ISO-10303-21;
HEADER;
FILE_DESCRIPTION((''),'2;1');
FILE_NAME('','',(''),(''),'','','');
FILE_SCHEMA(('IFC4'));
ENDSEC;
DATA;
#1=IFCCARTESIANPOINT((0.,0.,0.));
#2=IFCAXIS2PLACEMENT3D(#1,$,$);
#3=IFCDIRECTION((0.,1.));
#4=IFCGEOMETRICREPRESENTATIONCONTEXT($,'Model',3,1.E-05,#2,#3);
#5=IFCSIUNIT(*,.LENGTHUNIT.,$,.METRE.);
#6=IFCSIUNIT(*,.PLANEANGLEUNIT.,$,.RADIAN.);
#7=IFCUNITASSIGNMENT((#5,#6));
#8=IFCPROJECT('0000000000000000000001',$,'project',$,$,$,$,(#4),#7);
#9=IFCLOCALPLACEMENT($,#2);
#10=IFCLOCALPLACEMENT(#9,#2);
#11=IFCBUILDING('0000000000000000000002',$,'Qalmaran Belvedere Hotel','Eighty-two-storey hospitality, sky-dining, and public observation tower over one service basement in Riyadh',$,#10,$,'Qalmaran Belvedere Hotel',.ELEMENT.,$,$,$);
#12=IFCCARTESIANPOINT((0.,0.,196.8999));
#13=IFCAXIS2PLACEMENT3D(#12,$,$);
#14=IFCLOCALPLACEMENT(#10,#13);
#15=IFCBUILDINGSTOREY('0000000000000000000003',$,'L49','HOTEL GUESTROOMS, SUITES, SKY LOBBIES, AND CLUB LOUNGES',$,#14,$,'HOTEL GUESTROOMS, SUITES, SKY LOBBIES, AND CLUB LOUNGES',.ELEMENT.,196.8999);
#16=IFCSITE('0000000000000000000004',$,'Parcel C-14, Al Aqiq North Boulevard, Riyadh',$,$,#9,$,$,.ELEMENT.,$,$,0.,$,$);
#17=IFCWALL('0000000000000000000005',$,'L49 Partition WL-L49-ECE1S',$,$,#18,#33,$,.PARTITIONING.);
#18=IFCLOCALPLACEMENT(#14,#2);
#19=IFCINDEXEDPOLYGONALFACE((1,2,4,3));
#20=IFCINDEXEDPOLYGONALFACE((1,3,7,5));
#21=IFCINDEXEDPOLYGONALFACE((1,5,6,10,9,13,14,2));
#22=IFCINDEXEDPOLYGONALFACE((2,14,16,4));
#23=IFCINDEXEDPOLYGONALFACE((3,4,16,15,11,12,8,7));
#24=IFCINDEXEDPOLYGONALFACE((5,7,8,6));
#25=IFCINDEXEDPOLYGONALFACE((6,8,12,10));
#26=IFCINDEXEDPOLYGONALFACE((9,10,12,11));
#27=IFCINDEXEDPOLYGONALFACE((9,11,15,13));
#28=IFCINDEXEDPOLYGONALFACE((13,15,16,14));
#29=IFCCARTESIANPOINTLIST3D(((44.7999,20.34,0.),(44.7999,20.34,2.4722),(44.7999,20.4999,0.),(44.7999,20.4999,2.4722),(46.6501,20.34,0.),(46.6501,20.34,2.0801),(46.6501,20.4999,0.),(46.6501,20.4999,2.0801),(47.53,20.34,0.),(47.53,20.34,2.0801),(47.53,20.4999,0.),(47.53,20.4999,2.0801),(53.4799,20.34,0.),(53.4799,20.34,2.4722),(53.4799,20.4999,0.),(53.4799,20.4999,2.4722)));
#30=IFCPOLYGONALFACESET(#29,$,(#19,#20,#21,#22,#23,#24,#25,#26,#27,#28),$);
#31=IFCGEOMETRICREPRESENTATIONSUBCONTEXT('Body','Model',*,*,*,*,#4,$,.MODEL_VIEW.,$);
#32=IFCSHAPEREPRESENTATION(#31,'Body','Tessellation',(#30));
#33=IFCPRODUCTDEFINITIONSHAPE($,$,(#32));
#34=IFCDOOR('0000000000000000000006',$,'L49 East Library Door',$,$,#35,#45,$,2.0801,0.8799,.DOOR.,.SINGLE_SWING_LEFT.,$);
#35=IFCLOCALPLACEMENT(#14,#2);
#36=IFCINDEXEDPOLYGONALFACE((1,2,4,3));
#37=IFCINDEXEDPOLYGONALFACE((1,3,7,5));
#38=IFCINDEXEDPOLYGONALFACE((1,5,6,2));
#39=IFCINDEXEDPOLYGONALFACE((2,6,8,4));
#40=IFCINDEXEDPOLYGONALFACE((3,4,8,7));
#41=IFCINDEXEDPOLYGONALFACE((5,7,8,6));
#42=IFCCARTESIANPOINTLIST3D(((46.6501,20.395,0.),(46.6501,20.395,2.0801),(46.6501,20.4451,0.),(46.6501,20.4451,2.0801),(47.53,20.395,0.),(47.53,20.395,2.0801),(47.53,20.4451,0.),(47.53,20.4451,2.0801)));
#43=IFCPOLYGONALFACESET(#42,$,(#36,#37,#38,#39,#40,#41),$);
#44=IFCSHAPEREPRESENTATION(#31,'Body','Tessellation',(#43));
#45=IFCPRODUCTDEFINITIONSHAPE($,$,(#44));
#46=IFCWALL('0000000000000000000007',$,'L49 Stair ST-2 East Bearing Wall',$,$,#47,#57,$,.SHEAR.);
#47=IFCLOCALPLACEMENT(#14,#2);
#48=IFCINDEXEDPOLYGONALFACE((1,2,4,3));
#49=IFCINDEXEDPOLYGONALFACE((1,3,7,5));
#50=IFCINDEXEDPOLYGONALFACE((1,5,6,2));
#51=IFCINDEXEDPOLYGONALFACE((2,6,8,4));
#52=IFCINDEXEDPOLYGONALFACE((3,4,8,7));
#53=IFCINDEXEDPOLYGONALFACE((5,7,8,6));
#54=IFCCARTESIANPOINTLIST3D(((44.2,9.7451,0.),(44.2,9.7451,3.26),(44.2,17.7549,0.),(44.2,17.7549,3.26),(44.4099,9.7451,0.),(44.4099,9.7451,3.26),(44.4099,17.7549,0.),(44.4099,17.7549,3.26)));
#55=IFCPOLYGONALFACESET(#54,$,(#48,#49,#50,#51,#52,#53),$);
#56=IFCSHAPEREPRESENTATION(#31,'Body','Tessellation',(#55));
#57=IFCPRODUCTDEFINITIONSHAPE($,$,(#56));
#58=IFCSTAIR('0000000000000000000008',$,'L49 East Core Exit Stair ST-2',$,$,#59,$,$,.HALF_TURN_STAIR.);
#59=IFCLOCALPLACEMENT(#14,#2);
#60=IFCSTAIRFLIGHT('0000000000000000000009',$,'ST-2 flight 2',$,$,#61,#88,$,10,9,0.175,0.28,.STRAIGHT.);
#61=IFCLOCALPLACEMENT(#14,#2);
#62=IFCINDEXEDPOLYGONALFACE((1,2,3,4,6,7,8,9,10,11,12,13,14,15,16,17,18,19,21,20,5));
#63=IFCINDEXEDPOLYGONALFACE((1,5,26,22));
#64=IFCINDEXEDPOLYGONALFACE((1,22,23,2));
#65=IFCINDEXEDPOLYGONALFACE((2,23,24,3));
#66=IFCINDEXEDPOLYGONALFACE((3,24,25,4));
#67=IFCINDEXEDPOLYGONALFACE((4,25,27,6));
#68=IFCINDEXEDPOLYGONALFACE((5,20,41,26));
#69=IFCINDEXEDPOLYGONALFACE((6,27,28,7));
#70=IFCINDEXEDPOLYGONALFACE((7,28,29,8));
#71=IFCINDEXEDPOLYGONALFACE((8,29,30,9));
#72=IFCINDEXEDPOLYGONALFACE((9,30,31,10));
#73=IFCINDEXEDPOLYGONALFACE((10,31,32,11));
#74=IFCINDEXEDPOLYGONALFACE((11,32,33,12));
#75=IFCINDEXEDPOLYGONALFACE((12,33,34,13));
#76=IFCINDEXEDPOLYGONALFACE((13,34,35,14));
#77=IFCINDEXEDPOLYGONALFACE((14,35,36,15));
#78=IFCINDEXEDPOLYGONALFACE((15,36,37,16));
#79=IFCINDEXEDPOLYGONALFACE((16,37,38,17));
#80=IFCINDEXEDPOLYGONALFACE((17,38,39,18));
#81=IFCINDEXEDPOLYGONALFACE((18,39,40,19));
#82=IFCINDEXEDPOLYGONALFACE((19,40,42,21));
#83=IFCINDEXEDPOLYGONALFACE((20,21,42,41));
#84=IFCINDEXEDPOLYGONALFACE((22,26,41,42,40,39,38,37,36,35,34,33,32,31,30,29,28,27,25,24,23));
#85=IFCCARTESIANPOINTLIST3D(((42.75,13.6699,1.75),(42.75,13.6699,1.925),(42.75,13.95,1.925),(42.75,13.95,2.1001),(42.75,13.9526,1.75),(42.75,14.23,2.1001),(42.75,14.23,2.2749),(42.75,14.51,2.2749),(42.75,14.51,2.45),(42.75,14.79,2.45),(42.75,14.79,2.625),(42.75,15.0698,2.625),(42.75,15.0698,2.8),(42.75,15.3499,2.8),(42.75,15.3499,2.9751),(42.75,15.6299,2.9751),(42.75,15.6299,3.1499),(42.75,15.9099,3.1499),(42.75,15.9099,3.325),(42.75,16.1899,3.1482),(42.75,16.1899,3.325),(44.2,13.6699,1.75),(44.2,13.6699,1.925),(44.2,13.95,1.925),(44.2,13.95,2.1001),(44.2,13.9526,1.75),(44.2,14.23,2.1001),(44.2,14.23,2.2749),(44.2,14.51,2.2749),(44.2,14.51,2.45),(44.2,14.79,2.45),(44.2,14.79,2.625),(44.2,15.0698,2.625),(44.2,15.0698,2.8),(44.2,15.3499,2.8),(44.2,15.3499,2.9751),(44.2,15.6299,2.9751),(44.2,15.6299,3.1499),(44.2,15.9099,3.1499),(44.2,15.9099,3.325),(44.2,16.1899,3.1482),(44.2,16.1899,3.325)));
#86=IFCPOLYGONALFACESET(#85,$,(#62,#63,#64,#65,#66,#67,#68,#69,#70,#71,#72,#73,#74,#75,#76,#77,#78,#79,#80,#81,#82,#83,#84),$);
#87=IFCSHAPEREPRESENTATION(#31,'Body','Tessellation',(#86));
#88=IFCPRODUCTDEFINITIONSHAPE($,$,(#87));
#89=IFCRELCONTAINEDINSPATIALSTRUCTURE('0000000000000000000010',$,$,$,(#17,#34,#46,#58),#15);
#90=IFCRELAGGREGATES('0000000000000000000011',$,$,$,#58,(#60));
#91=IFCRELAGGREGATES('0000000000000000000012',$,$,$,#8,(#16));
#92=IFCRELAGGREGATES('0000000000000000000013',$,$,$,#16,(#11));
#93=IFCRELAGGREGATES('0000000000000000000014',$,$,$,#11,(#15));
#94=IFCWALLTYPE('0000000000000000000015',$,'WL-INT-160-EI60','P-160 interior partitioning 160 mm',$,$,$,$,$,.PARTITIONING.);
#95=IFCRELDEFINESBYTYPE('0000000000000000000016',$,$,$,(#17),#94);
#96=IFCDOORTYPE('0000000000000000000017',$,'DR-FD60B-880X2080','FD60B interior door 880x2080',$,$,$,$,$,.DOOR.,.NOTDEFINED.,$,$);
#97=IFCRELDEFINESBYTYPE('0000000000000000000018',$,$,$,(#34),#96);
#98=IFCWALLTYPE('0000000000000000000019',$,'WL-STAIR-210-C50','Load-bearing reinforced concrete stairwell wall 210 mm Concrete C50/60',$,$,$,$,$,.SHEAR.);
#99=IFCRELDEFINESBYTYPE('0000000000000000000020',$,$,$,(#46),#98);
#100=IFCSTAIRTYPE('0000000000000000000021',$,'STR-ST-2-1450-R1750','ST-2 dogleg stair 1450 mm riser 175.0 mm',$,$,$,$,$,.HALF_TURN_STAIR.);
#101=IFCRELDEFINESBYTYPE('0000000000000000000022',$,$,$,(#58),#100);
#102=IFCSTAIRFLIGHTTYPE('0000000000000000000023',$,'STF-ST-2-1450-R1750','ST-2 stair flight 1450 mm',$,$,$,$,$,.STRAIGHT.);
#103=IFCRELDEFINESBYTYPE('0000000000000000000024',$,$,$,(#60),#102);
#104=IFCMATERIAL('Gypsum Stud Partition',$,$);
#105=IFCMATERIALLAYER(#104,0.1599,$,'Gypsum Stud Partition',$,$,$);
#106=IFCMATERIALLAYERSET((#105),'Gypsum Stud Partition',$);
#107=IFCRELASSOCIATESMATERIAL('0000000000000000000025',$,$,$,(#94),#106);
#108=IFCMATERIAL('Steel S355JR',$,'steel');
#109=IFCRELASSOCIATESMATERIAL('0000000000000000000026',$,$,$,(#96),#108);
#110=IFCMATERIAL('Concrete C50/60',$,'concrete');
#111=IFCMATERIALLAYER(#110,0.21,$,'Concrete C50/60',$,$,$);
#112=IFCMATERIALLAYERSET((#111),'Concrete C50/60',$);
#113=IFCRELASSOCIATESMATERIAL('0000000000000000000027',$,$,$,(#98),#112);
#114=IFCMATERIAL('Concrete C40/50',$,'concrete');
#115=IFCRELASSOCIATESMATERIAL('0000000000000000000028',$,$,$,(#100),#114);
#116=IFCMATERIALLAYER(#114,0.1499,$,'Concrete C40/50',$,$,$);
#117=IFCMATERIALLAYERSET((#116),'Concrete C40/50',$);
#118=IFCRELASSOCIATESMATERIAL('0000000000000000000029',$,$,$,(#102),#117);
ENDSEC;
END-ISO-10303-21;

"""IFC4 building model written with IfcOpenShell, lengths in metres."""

from ifc_helpers import new_model, si_unit, direction, frame, frame_2d, origin, place, context, subcontext, project, spatial, polyline, rectangle, outline, extrude, material, layer, layer_set, type_object, element, fill, aggregate, save


model = new_model("IFC4")

# Units and contexts
model_context = context("Model", 3, precision=1e-05, world=origin(), true_north=direction((0.0, 1.0)))
body_context = subcontext(model_context, "Body", "Model", "MODEL_VIEW")
ifc_project = project(units=[si_unit("LENGTHUNIT", "METRE"), si_unit("PLANEANGLEUNIT", "RADIAN")], contexts=[model_context])

# Site, building, storey
site_placement = place(None, origin())
site = spatial("IfcSite", under=ifc_project, at=site_placement, Name="Parcel C-14, Al Aqiq North Boulevard, Riyadh", CompositionType="ELEMENT", RefElevation=0.0)
building_placement = place(site_placement, origin())
building = spatial("IfcBuilding", under=site, at=building_placement, Name="Qalmaran Belvedere Hotel", Description="Eighty-two-storey hospitality, sky-dining, and public observation tower over one service basement in Riyadh", LongName="Qalmaran Belvedere Hotel", CompositionType="ELEMENT")
storey_placement = place(building_placement, frame((0.0, 0.0, 196.8999)))
storey = spatial("IfcBuildingStorey", under=building, at=storey_placement, Name="L49", Description="HOTEL GUESTROOMS, SUITES, SKY LOBBIES, AND CLUB LOUNGES", LongName="HOTEL GUESTROOMS, SUITES, SKY LOBBIES, AND CLUB LOUNGES", CompositionType="ELEMENT", Elevation=196.8999)

# Shared definitions
ifc_material_1 = material(Name="Concrete C50/60", Category="concrete")

# Shared definitions
ifc_material_2 = material(Name="Steel S355JR", Category="steel")

# Wall, opening, door
ifc_material_3 = material(Name="Gypsum Stud Partition")
ifc_layer_1 = layer(ifc_material_3, 0.1599, Name="Gypsum Stud Partition")
ifc_layer_set_1 = layer_set([ifc_layer_1], Name="Gypsum Stud Partition")
wall_type_1 = type_object("IfcWallType", Name="WL-INT-160-EI60", Description="P-160 interior partitioning 160 mm", PredefinedType="PARTITIONING", material=ifc_layer_set_1)
wall_1_placement = place(storey_placement, frame((44.8, 20.4199, 0.0), z_axis=(0.0, 0.0, 1.0), x_axis=(1.0, 0.0, 0.0)))
wall_1 = element("IfcWall", 1, at=wall_1_placement, inside=storey, type_object=wall_type_1, Name="L49 Partition WL-L49-ECE1S", PredefinedType="PARTITIONING", context=body_context, shape_type="SweptSolid", body=[
    extrude(rectangle(XDim=8.6799, YDim=0.1599, at=frame_2d((4.3398, 0.0))), origin(), (0.0, 0.0, 1.0), 2.4722),
])
opening_placement = place(wall_1_placement, frame((2.73, 0.0, 0.0), z_axis=(0.0, 0.0, 1.0), x_axis=(-1.0, 0.0, 0.0)))
opening = element("IfcOpeningElement", 2, at=opening_placement, cuts=wall_1, PredefinedType="OPENING", context=body_context, shape_type="SweptSolid", body=[
    extrude(rectangle(XDim=0.8799, YDim=2.0801, at=frame_2d((0.4399, 1.04))), frame((0.0, 0.0898, 0.0), z_axis=(0.0, -1.0, 0.0), x_axis=(1.0, 0.0, 0.0)), (0.0, 0.0, 1.0), 0.1799),
])
door_type = type_object("IfcDoorType", Name="DR-FD60B-880X2080", Description="FD60B interior door 880x2080", OperationType="NOTDEFINED", PredefinedType="DOOR", material=ifc_material_2)
door_placement = place(opening_placement, origin())
door = element("IfcDoor", 3, at=door_placement, inside=storey, type_object=door_type, Name="L49 East Library Door", OperationType="SINGLE_SWING_LEFT", OverallHeight=2.0801, OverallWidth=0.8799, PredefinedType="DOOR", context=body_context, shape_type="SweptSolid", body=[
    extrude(rectangle(XDim=0.8799, YDim=2.0801, at=frame_2d((0.4399, 1.04))), frame((0.0, 0.0249, 0.0), z_axis=(0.0, -1.0, 0.0), x_axis=(1.0, 0.0, 0.0)), (0.0, 0.0, 1.0), 0.05),
])
fill(opening, door)

# Wall
ifc_layer_2 = layer(ifc_material_1, 0.21, Name="Concrete C50/60")
ifc_layer_set_2 = layer_set([ifc_layer_2], Name="Concrete C50/60")
wall_type_2 = type_object("IfcWallType", Name="WL-STAIR-210-C50", Description="Load-bearing reinforced concrete stairwell wall 210 mm Concrete C50/60", PredefinedType="SHEAR", material=ifc_layer_set_2)
wall_2_placement = place(storey_placement, frame((44.3049, 9.7451, 0.0), z_axis=(0.0, 0.0, 1.0), x_axis=(0.0, 1.0, 0.0)))
element("IfcWall", 4, at=wall_2_placement, inside=storey, type_object=wall_type_2, Name="L49 Stair ST-2 East Bearing Wall", PredefinedType="SHEAR", context=body_context, shape_type="SweptSolid", body=[
    extrude(rectangle(XDim=8.0098, YDim=0.21, at=frame_2d((4.0049, 0.0))), origin(), (0.0, 0.0, 1.0), 3.26),
])

# Stair, stair flight
ifc_material_4 = material(Name="Concrete C40/50", Category="concrete")
stair_type = type_object("IfcStairType", Name="STR-ST-2-1450-R1750", Description="ST-2 dogleg stair 1450 mm riser 175.0 mm", PredefinedType="HALF_TURN_STAIR", material=ifc_material_4)
stair_placement = place(storey_placement, origin())
stair = element("IfcStair", 5, at=stair_placement, inside=storey, type_object=stair_type, Name="L49 East Core Exit Stair ST-2", PredefinedType="HALF_TURN_STAIR")
ifc_layer_3 = layer(ifc_material_4, 0.1499, Name="Concrete C40/50")
ifc_layer_set_3 = layer_set([ifc_layer_3], Name="Concrete C40/50")
stair_flight_type = type_object("IfcStairFlightType", Name="STF-ST-2-1450-R1750", Description="ST-2 stair flight 1450 mm", PredefinedType="STRAIGHT", material=ifc_layer_set_3)
stair_flight_placement = place(storey_placement, frame((43.4751, 13.6699, 1.75), z_axis=(0.0, 0.0, 1.0), x_axis=(0.0, 1.0, 0.0)))
stair_flight = element("IfcStairFlight", 6, at=stair_flight_placement, type_object=stair_flight_type, Name="ST-2 flight 2", NumberOfRisers=10, NumberOfTreads=9, PredefinedType="STRAIGHT", RiserHeight=0.175, TreadLength=0.28, context=body_context, shape_type="SweptSolid", body=[
    extrude(outline(polyline([(0.0, 0.0), (0.0, 0.175), (0.28, 0.175), (0.28, 0.3501), (0.5601, 0.3501), (0.5601, 0.5249), (0.8401, 0.5249), (0.8401, 0.7), (1.1201, 0.7), (1.1201, 0.875), (1.3999, 0.875), (1.3999, 1.05), (1.6799, 1.05), (1.6799, 1.2251), (1.96, 1.2251), (1.96, 1.3999), (2.24, 1.3999), (2.24, 1.575), (2.52, 1.575), (2.52, 1.75), (2.52, 1.3982), (0.2827, 0.0), (0.0, 0.0)])), frame((0.0, 0.7251, 0.0), z_axis=(0.0, -1.0, 0.0), x_axis=(1.0, 0.0, 0.0)), (0.0, 0.0, 1.0), 1.45),
])
aggregate(stair, [stair_flight])

save(model, "model.ifc")
